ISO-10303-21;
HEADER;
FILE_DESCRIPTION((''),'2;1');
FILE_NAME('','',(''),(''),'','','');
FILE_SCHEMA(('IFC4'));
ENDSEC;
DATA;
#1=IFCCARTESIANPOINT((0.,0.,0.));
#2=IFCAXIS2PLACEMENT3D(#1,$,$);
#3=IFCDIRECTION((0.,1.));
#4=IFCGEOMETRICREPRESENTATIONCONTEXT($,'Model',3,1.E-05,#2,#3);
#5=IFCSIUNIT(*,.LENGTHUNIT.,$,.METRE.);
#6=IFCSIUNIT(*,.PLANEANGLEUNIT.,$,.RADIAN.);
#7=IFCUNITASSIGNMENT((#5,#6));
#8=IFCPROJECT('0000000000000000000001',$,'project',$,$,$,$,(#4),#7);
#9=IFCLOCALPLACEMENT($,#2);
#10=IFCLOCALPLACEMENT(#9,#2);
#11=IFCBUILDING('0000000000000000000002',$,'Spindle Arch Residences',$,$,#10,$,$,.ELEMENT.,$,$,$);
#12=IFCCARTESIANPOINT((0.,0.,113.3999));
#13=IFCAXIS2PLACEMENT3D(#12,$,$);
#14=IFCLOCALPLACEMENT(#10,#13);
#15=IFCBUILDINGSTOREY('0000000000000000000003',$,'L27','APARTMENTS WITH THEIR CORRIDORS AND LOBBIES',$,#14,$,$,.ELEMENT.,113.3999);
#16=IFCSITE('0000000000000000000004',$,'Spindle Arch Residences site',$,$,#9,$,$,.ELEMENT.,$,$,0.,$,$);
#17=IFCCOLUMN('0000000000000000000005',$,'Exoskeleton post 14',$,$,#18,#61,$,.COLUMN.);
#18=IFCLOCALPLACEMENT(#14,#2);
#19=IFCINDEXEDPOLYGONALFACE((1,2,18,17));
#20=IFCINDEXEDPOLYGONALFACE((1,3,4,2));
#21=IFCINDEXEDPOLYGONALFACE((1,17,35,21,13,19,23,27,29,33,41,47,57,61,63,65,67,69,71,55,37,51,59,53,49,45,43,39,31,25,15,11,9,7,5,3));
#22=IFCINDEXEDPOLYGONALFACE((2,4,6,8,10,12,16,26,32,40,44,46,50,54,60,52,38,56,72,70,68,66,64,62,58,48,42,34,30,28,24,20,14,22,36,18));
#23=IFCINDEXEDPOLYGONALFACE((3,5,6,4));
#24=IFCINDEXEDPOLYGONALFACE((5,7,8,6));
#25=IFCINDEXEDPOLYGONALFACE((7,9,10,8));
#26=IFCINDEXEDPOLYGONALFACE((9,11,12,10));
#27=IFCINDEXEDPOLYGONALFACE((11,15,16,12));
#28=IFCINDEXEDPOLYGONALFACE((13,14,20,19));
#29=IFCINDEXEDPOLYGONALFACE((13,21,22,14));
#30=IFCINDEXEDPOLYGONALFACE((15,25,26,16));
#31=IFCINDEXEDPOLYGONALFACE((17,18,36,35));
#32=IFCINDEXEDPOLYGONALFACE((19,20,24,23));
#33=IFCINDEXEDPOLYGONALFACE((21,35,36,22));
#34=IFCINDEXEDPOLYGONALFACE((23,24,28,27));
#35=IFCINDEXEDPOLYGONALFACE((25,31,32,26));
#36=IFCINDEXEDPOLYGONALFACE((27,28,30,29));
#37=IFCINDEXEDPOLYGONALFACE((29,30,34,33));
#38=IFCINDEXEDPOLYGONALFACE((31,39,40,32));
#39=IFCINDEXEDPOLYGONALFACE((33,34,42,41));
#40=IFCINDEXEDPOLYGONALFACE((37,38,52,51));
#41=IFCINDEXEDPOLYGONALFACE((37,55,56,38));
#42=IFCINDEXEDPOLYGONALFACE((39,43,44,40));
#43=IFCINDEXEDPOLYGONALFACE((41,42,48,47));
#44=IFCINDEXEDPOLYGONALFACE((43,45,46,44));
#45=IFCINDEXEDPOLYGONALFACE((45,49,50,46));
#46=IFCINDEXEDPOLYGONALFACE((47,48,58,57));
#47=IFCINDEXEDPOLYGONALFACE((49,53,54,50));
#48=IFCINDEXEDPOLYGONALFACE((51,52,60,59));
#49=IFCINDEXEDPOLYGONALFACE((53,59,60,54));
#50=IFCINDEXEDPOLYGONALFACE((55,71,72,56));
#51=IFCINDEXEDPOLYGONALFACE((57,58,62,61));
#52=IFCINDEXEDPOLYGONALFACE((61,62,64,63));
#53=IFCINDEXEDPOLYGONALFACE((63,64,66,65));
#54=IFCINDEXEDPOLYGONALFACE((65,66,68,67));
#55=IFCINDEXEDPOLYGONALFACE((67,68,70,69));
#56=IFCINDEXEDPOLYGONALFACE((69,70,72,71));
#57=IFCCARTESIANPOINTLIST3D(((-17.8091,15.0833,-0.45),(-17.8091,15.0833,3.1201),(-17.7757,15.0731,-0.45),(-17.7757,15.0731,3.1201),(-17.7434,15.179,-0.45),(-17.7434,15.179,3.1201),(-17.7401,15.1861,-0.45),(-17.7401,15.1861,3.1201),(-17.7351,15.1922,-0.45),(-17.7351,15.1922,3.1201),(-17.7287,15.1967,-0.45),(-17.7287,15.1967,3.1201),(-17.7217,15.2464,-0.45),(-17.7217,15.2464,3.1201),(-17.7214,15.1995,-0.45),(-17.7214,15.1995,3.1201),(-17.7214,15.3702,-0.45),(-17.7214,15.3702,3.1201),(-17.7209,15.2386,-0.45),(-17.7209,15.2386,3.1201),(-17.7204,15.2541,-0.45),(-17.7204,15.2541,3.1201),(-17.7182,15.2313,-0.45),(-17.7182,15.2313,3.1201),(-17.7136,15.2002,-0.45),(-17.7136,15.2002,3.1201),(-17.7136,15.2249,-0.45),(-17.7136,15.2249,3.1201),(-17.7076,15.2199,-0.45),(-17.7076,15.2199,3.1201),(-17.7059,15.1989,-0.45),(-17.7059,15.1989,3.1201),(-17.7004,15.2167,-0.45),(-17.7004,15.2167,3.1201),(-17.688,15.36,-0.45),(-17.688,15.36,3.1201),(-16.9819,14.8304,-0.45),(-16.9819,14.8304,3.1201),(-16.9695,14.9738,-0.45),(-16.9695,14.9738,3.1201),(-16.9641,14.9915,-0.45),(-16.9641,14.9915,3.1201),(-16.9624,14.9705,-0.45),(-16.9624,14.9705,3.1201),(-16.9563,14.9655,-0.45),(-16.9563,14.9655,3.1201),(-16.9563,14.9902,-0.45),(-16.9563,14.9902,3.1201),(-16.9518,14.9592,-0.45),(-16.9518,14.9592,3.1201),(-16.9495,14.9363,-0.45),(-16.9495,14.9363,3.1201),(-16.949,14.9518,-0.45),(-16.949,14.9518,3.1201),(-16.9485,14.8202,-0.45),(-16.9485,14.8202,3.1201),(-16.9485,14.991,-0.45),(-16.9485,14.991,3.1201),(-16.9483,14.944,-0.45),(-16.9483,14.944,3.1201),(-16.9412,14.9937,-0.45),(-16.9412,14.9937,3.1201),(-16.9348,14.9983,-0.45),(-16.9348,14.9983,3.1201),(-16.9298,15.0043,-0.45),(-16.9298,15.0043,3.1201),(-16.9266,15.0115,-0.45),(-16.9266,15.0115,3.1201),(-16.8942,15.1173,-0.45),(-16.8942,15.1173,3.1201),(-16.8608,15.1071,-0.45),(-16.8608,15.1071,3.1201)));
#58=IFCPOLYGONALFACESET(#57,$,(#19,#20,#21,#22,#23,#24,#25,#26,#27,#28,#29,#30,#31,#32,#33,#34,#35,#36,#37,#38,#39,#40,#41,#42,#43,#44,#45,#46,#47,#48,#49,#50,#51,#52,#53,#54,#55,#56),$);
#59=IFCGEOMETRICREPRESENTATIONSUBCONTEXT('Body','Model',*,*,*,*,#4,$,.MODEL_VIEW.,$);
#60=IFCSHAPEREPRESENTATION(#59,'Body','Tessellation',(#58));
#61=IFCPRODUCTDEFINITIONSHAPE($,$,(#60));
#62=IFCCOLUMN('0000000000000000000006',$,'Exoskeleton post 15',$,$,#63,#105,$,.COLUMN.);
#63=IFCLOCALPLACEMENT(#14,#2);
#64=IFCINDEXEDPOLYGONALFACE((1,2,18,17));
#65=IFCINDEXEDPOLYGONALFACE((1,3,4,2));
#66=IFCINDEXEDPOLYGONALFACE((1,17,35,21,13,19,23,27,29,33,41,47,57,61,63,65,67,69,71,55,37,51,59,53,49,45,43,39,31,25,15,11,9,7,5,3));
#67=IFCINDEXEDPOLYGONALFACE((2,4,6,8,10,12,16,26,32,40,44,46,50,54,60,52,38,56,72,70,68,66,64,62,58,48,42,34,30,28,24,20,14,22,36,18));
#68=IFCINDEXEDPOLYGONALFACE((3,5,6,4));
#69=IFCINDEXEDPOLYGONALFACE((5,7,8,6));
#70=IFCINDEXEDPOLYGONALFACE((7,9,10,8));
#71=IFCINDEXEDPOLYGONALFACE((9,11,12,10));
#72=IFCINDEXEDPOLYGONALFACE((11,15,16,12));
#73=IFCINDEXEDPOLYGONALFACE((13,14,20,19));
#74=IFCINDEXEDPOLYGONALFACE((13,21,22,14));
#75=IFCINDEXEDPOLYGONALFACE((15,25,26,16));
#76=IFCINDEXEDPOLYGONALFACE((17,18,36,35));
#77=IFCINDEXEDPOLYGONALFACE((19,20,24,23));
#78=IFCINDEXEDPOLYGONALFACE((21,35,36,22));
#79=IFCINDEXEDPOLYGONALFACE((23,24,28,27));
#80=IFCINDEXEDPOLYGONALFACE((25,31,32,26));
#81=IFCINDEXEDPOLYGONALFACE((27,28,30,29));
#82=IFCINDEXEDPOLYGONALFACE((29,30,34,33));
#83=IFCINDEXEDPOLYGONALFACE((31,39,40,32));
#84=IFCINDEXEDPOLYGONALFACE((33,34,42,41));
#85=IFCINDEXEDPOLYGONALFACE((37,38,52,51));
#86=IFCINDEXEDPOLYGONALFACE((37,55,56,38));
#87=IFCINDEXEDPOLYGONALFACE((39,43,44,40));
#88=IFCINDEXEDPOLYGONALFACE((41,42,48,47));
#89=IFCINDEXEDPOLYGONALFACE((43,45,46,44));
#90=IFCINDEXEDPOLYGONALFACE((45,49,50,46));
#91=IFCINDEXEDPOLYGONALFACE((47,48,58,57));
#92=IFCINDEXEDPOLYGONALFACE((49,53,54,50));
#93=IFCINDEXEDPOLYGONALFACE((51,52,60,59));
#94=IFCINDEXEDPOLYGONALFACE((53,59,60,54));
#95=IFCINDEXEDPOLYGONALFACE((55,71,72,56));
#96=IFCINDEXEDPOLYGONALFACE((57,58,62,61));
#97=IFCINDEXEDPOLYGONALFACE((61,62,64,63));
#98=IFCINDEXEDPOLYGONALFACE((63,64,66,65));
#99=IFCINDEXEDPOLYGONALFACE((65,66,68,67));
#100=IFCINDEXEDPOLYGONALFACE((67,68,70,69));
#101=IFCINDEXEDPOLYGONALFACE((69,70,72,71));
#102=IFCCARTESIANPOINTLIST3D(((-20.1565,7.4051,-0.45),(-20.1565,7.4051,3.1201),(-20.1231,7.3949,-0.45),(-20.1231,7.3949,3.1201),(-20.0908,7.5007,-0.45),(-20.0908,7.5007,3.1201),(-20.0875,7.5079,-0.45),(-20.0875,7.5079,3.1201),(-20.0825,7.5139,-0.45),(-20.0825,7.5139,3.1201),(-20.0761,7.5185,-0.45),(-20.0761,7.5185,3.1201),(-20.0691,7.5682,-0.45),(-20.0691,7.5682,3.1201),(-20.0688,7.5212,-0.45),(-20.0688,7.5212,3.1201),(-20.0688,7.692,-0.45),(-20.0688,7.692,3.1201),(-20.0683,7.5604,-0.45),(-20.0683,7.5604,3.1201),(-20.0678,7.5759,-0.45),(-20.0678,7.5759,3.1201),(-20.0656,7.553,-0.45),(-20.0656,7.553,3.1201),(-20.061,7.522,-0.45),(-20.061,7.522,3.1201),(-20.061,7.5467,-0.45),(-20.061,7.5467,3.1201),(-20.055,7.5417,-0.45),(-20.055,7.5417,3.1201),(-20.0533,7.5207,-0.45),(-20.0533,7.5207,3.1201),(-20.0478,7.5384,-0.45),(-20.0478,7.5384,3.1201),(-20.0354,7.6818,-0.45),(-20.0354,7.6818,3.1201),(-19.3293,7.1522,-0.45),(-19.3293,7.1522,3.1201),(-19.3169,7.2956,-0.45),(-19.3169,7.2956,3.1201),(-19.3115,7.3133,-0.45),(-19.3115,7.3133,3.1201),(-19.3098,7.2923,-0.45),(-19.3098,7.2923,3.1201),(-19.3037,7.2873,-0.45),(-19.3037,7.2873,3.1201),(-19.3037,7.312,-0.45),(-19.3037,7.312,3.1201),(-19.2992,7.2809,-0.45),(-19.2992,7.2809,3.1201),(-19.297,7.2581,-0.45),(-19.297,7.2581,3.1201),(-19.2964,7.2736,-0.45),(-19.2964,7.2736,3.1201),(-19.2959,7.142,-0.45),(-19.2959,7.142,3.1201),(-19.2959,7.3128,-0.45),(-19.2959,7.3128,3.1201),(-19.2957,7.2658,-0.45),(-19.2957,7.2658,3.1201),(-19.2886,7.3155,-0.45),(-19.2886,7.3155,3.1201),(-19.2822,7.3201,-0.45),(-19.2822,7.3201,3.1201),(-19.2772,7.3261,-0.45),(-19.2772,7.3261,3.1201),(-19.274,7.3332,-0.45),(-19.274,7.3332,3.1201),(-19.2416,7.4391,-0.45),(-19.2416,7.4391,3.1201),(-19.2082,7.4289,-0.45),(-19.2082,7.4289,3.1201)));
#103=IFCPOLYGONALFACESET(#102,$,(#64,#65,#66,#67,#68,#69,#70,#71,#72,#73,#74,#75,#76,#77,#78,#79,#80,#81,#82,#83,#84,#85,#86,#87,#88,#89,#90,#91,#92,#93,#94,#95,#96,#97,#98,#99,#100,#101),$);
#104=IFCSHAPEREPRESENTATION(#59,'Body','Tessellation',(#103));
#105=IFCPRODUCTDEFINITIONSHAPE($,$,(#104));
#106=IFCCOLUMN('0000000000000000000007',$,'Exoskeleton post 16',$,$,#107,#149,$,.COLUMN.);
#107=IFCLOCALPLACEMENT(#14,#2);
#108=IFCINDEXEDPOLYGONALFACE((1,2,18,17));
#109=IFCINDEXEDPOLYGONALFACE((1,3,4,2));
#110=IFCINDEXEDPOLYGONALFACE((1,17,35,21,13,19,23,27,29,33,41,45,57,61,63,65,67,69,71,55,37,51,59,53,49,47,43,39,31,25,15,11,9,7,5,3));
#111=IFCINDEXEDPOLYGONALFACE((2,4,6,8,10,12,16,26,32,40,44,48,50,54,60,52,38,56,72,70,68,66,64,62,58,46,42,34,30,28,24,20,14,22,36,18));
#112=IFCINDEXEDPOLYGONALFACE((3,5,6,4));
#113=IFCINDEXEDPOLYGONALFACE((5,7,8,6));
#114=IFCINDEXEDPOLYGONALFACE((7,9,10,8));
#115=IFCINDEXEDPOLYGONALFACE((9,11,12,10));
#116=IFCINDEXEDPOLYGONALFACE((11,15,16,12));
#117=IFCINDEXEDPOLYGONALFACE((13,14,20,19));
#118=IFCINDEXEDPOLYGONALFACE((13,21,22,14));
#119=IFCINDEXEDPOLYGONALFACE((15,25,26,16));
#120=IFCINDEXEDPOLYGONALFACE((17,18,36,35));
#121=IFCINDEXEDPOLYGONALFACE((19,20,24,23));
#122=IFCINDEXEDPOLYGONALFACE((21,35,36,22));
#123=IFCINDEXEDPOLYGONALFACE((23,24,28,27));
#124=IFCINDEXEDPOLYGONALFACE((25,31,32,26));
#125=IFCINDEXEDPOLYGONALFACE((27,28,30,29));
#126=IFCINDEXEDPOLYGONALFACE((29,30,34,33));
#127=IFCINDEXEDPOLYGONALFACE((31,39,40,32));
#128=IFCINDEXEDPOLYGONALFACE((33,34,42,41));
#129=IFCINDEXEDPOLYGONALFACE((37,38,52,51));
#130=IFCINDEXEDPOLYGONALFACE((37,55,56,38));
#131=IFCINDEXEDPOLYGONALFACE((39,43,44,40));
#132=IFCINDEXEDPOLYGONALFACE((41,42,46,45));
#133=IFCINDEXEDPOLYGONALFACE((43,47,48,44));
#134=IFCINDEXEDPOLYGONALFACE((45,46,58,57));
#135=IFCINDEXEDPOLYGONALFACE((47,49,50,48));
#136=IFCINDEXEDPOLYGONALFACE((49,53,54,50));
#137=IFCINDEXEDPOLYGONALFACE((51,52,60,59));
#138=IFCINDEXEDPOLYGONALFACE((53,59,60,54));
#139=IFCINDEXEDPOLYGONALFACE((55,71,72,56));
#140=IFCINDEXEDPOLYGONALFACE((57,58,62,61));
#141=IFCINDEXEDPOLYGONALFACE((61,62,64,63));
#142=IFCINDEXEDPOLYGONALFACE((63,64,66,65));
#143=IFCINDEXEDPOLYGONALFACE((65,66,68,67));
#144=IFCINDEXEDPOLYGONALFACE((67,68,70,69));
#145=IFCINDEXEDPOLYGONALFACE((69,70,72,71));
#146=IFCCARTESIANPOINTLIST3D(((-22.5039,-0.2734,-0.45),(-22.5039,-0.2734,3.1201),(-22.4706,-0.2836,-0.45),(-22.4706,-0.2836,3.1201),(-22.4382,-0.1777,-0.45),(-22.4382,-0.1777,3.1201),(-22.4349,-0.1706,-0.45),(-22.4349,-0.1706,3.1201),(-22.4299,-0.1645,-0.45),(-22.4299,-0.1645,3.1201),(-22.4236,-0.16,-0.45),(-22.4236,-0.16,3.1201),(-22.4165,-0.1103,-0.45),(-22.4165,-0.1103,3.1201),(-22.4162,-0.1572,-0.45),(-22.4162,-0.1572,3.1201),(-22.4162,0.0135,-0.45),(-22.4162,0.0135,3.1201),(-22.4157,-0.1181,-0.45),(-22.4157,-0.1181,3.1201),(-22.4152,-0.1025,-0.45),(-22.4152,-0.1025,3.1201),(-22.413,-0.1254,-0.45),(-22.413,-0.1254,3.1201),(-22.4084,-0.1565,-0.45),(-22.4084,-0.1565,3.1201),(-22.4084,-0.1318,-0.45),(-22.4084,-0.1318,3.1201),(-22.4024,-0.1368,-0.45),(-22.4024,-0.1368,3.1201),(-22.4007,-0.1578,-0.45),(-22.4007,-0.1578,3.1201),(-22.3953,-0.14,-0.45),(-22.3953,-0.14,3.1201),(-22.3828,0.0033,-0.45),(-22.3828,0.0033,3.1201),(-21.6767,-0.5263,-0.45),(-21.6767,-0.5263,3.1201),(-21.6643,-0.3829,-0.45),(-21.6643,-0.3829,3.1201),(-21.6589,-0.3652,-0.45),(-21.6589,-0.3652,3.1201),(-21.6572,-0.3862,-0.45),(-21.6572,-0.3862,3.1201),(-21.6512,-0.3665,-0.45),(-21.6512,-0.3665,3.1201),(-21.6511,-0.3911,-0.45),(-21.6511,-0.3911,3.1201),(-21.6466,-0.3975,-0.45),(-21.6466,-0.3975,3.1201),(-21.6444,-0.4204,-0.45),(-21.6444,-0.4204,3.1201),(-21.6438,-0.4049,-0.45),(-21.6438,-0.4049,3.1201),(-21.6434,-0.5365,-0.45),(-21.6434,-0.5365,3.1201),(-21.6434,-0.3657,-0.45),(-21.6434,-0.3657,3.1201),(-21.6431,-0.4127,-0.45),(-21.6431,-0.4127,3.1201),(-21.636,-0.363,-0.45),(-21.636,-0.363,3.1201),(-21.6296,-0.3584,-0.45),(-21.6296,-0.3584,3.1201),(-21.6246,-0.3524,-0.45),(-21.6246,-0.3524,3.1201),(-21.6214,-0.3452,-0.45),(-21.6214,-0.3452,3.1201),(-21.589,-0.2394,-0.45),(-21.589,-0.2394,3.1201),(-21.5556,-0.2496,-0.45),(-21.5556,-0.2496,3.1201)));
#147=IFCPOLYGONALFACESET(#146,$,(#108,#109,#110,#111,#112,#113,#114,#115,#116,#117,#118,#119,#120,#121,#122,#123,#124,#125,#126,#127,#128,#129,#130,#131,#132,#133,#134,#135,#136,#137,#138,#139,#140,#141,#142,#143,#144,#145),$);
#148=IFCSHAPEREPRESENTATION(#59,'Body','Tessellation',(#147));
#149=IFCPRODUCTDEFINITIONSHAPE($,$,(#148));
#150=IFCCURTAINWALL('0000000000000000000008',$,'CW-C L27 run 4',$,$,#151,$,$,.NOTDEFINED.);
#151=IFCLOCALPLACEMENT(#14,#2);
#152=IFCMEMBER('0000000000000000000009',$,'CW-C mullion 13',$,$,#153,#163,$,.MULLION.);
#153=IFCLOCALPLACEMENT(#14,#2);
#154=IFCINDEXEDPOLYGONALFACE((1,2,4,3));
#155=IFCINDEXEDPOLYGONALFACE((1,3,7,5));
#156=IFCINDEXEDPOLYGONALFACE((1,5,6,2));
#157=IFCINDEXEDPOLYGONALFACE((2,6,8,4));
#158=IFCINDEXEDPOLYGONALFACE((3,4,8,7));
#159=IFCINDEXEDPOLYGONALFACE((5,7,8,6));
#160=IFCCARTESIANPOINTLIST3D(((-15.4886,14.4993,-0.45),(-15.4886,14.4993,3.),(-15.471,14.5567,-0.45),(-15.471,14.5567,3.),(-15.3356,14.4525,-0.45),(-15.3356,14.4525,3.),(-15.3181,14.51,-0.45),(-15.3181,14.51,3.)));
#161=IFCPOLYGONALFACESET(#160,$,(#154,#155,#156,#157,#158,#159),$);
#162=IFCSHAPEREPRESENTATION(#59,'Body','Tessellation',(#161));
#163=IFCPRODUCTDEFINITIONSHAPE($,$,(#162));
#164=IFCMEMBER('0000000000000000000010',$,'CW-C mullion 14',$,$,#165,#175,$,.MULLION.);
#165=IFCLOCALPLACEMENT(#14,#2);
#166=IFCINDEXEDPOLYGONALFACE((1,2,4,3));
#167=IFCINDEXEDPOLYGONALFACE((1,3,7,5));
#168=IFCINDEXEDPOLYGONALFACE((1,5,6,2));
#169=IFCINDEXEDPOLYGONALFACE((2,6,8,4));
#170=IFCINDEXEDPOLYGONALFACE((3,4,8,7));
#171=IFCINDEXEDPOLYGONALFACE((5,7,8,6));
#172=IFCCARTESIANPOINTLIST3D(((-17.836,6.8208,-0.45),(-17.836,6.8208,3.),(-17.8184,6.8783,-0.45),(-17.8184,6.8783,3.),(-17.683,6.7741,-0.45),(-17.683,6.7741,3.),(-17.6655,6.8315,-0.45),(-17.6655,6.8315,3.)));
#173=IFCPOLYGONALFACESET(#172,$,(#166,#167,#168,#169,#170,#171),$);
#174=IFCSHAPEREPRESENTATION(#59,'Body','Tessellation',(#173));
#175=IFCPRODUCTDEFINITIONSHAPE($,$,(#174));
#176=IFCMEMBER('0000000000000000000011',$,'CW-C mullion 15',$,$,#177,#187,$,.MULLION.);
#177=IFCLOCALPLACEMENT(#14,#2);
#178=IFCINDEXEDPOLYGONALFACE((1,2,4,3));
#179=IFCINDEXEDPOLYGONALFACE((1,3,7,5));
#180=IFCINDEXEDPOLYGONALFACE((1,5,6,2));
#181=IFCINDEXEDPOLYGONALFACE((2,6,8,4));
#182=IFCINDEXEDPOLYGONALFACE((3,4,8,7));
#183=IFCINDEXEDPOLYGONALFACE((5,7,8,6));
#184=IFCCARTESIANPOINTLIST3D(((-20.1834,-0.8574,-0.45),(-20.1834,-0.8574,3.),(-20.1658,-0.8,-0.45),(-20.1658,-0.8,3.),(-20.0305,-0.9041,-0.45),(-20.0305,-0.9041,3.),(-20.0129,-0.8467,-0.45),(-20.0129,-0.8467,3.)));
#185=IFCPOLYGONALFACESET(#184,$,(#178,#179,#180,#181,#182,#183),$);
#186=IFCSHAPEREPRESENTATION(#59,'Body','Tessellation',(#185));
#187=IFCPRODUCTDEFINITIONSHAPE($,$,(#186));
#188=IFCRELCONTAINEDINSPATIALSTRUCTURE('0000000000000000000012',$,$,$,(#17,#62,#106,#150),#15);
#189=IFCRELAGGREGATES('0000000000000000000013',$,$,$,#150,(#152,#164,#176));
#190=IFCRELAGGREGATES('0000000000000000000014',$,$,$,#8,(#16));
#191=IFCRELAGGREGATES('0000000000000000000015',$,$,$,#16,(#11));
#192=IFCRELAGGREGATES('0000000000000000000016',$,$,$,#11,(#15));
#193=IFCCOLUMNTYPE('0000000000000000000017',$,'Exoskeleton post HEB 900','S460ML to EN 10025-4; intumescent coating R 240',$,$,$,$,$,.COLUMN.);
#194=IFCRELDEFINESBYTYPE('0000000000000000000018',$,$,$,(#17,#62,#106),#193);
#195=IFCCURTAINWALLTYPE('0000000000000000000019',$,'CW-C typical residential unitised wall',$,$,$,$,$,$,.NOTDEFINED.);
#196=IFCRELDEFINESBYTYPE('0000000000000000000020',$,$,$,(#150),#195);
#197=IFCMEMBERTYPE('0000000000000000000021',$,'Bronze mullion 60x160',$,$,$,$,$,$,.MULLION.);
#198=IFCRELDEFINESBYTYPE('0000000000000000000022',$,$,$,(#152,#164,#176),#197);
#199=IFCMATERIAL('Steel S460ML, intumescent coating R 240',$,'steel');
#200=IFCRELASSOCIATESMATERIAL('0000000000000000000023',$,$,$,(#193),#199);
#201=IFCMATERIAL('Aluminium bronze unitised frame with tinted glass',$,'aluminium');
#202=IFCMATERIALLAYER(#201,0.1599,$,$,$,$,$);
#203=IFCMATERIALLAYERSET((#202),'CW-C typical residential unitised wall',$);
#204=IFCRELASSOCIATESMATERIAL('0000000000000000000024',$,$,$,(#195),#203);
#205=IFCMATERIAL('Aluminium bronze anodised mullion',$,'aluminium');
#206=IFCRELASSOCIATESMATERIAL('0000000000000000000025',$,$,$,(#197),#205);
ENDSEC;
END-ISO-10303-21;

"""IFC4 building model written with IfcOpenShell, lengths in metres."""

from ifc_helpers import new_model, si_unit, direction, frame, origin, origin_2d, place, context, subcontext, project, spatial, rectangle, i_section, extrude, material, layer, layer_set, material_profile, profile_set, type_object, element, aggregate, save


model = new_model("IFC4")

# Units and contexts
model_context = context("Model", 3, precision=1e-05, world=origin(), true_north=direction((0.0, 1.0)))
body_context = subcontext(model_context, "Body", "Model", "MODEL_VIEW")
ifc_project = project(units=[si_unit("LENGTHUNIT", "METRE"), si_unit("PLANEANGLEUNIT", "RADIAN")], contexts=[model_context])

# Site, building, storey
site_placement = place(None, origin())
site = spatial("IfcSite", under=ifc_project, at=site_placement, Name="Spindle Arch Residences site", CompositionType="ELEMENT", RefElevation=0.0)
building_placement = place(site_placement, origin())
building = spatial("IfcBuilding", under=site, at=building_placement, Name="Spindle Arch Residences", CompositionType="ELEMENT")
storey_placement = place(building_placement, frame((0.0, 0.0, 113.3999)))
storey = spatial("IfcBuildingStorey", under=building, at=storey_placement, Name="L27", Description="APARTMENTS WITH THEIR CORRIDORS AND LOBBIES", CompositionType="ELEMENT", Elevation=113.3999)

# Columns
ifc_material_1 = material(Name="Steel S460ML, intumescent coating R 240", Category="steel")
ifc_material_profile_1 = material_profile(ifc_material_1, i_section(OverallWidth=0.3, OverallDepth=0.8999, WebThickness=0.0186, FlangeThickness=0.0349, FilletRadius=0.03, at=origin_2d()), Name="HEB 900")
ifc_profile_set_1 = profile_set([ifc_material_profile_1], Name="Steel S460ML, intumescent coating R 240")
column_type = type_object("IfcColumnType", Name="Exoskeleton post HEB 900", Description="S460ML to EN 10025-4; intumescent coating R 240", PredefinedType="COLUMN", material=ifc_profile_set_1)
for number, where, z_axis, x_axis, name in (
    (1, (-17.335, 15.0952, -0.45), (0.0, 0.0, 1.0), (0.292372, 0.956305, 0.0), "Exoskeleton post 14"),
    (2, (-19.6824, 7.417, -0.45), (0.0, 0.0, 1.0), (0.292372, 0.956305, 0.0), "Exoskeleton post 15"),
    (3, (-22.0298, -0.2615, -0.45), (0.0, 0.0, 1.0), (0.292372, 0.956305, 0.0), "Exoskeleton post 16"),
):
    element("IfcColumn", number, at=place(storey_placement, frame(where, z_axis=z_axis, x_axis=x_axis)), inside=storey, type_object=column_type, Name=name, PredefinedType="COLUMN", context=body_context, shape_type="SweptSolid", body=[
        extrude(i_section(OverallWidth=0.3, OverallDepth=0.8999, WebThickness=0.0186, FlangeThickness=0.0349, FilletRadius=0.03, at=origin_2d()), origin(), (0.0, 0.0, 1.0), 3.5701),
    ])

# Curtain wall, members
ifc_material_2 = material(Name="Aluminium bronze unitised frame with tinted glass", Category="aluminium")
ifc_layer_1 = layer(ifc_material_2, 0.1599)
ifc_layer_set_1 = layer_set([ifc_layer_1], Name="CW-C typical residential unitised wall")
curtain_wall_type = type_object("IfcCurtainWallType", Name="CW-C typical residential unitised wall", PredefinedType="NOTDEFINED", material=ifc_layer_set_1)
curtain_wall_placement = place(storey_placement, origin())
curtain_wall = element("IfcCurtainWall", 4, at=curtain_wall_placement, inside=storey, type_object=curtain_wall_type, Name="CW-C L27 run 4", PredefinedType="NOTDEFINED")
ifc_material_3 = material(Name="Aluminium bronze anodised mullion", Category="aluminium")
ifc_material_profile_2 = material_profile(ifc_material_3, rectangle(XDim=0.1599, YDim=0.0601, at=origin_2d()), Name="MU 60x160")
ifc_profile_set_2 = profile_set([ifc_material_profile_2], Name="Aluminium bronze anodised mullion")
member_type_1 = type_object("IfcMemberType", Name="Bronze mullion 60x160", PredefinedType="MULLION", material=ifc_profile_set_2)
member_1_placement = place(storey_placement, frame((-15.4033, 14.5046, -0.45), z_axis=(0.0, 0.0, 1.0), x_axis=(0.956305, -0.292372, 0.0)))
member_1 = element("IfcMember", 5, at=member_1_placement, type_object=member_type_1, Name="CW-C mullion 13", PredefinedType="MULLION", context=body_context, shape_type="SweptSolid", body=[
    extrude(rectangle(XDim=0.1599, YDim=0.0601, at=origin_2d()), origin(), (0.0, 0.0, 1.0), 3.45),
])
member_2_placement = place(storey_placement, frame((-17.7507, 6.8262, -0.45), z_axis=(0.0, 0.0, 1.0), x_axis=(0.956305, -0.292372, 0.0)))
member_2 = element("IfcMember", 6, at=member_2_placement, type_object=member_type_1, Name="CW-C mullion 14", PredefinedType="MULLION", context=body_context, shape_type="SweptSolid", body=[
    extrude(rectangle(XDim=0.1599, YDim=0.0601, at=origin_2d()), origin(), (0.0, 0.0, 1.0), 3.45),
])
member_3_placement = place(storey_placement, frame((-20.0981, -0.8521, -0.45), z_axis=(0.0, 0.0, 1.0), x_axis=(0.956305, -0.292372, 0.0)))
member_3 = element("IfcMember", 7, at=member_3_placement, type_object=member_type_1, Name="CW-C mullion 15", PredefinedType="MULLION", context=body_context, shape_type="SweptSolid", body=[
    extrude(rectangle(XDim=0.1599, YDim=0.0601, at=origin_2d()), origin(), (0.0, 0.0, 1.0), 3.45),
])

aggregate(curtain_wall, [member_1, member_2, member_3])

save(model, "model.ifc")
